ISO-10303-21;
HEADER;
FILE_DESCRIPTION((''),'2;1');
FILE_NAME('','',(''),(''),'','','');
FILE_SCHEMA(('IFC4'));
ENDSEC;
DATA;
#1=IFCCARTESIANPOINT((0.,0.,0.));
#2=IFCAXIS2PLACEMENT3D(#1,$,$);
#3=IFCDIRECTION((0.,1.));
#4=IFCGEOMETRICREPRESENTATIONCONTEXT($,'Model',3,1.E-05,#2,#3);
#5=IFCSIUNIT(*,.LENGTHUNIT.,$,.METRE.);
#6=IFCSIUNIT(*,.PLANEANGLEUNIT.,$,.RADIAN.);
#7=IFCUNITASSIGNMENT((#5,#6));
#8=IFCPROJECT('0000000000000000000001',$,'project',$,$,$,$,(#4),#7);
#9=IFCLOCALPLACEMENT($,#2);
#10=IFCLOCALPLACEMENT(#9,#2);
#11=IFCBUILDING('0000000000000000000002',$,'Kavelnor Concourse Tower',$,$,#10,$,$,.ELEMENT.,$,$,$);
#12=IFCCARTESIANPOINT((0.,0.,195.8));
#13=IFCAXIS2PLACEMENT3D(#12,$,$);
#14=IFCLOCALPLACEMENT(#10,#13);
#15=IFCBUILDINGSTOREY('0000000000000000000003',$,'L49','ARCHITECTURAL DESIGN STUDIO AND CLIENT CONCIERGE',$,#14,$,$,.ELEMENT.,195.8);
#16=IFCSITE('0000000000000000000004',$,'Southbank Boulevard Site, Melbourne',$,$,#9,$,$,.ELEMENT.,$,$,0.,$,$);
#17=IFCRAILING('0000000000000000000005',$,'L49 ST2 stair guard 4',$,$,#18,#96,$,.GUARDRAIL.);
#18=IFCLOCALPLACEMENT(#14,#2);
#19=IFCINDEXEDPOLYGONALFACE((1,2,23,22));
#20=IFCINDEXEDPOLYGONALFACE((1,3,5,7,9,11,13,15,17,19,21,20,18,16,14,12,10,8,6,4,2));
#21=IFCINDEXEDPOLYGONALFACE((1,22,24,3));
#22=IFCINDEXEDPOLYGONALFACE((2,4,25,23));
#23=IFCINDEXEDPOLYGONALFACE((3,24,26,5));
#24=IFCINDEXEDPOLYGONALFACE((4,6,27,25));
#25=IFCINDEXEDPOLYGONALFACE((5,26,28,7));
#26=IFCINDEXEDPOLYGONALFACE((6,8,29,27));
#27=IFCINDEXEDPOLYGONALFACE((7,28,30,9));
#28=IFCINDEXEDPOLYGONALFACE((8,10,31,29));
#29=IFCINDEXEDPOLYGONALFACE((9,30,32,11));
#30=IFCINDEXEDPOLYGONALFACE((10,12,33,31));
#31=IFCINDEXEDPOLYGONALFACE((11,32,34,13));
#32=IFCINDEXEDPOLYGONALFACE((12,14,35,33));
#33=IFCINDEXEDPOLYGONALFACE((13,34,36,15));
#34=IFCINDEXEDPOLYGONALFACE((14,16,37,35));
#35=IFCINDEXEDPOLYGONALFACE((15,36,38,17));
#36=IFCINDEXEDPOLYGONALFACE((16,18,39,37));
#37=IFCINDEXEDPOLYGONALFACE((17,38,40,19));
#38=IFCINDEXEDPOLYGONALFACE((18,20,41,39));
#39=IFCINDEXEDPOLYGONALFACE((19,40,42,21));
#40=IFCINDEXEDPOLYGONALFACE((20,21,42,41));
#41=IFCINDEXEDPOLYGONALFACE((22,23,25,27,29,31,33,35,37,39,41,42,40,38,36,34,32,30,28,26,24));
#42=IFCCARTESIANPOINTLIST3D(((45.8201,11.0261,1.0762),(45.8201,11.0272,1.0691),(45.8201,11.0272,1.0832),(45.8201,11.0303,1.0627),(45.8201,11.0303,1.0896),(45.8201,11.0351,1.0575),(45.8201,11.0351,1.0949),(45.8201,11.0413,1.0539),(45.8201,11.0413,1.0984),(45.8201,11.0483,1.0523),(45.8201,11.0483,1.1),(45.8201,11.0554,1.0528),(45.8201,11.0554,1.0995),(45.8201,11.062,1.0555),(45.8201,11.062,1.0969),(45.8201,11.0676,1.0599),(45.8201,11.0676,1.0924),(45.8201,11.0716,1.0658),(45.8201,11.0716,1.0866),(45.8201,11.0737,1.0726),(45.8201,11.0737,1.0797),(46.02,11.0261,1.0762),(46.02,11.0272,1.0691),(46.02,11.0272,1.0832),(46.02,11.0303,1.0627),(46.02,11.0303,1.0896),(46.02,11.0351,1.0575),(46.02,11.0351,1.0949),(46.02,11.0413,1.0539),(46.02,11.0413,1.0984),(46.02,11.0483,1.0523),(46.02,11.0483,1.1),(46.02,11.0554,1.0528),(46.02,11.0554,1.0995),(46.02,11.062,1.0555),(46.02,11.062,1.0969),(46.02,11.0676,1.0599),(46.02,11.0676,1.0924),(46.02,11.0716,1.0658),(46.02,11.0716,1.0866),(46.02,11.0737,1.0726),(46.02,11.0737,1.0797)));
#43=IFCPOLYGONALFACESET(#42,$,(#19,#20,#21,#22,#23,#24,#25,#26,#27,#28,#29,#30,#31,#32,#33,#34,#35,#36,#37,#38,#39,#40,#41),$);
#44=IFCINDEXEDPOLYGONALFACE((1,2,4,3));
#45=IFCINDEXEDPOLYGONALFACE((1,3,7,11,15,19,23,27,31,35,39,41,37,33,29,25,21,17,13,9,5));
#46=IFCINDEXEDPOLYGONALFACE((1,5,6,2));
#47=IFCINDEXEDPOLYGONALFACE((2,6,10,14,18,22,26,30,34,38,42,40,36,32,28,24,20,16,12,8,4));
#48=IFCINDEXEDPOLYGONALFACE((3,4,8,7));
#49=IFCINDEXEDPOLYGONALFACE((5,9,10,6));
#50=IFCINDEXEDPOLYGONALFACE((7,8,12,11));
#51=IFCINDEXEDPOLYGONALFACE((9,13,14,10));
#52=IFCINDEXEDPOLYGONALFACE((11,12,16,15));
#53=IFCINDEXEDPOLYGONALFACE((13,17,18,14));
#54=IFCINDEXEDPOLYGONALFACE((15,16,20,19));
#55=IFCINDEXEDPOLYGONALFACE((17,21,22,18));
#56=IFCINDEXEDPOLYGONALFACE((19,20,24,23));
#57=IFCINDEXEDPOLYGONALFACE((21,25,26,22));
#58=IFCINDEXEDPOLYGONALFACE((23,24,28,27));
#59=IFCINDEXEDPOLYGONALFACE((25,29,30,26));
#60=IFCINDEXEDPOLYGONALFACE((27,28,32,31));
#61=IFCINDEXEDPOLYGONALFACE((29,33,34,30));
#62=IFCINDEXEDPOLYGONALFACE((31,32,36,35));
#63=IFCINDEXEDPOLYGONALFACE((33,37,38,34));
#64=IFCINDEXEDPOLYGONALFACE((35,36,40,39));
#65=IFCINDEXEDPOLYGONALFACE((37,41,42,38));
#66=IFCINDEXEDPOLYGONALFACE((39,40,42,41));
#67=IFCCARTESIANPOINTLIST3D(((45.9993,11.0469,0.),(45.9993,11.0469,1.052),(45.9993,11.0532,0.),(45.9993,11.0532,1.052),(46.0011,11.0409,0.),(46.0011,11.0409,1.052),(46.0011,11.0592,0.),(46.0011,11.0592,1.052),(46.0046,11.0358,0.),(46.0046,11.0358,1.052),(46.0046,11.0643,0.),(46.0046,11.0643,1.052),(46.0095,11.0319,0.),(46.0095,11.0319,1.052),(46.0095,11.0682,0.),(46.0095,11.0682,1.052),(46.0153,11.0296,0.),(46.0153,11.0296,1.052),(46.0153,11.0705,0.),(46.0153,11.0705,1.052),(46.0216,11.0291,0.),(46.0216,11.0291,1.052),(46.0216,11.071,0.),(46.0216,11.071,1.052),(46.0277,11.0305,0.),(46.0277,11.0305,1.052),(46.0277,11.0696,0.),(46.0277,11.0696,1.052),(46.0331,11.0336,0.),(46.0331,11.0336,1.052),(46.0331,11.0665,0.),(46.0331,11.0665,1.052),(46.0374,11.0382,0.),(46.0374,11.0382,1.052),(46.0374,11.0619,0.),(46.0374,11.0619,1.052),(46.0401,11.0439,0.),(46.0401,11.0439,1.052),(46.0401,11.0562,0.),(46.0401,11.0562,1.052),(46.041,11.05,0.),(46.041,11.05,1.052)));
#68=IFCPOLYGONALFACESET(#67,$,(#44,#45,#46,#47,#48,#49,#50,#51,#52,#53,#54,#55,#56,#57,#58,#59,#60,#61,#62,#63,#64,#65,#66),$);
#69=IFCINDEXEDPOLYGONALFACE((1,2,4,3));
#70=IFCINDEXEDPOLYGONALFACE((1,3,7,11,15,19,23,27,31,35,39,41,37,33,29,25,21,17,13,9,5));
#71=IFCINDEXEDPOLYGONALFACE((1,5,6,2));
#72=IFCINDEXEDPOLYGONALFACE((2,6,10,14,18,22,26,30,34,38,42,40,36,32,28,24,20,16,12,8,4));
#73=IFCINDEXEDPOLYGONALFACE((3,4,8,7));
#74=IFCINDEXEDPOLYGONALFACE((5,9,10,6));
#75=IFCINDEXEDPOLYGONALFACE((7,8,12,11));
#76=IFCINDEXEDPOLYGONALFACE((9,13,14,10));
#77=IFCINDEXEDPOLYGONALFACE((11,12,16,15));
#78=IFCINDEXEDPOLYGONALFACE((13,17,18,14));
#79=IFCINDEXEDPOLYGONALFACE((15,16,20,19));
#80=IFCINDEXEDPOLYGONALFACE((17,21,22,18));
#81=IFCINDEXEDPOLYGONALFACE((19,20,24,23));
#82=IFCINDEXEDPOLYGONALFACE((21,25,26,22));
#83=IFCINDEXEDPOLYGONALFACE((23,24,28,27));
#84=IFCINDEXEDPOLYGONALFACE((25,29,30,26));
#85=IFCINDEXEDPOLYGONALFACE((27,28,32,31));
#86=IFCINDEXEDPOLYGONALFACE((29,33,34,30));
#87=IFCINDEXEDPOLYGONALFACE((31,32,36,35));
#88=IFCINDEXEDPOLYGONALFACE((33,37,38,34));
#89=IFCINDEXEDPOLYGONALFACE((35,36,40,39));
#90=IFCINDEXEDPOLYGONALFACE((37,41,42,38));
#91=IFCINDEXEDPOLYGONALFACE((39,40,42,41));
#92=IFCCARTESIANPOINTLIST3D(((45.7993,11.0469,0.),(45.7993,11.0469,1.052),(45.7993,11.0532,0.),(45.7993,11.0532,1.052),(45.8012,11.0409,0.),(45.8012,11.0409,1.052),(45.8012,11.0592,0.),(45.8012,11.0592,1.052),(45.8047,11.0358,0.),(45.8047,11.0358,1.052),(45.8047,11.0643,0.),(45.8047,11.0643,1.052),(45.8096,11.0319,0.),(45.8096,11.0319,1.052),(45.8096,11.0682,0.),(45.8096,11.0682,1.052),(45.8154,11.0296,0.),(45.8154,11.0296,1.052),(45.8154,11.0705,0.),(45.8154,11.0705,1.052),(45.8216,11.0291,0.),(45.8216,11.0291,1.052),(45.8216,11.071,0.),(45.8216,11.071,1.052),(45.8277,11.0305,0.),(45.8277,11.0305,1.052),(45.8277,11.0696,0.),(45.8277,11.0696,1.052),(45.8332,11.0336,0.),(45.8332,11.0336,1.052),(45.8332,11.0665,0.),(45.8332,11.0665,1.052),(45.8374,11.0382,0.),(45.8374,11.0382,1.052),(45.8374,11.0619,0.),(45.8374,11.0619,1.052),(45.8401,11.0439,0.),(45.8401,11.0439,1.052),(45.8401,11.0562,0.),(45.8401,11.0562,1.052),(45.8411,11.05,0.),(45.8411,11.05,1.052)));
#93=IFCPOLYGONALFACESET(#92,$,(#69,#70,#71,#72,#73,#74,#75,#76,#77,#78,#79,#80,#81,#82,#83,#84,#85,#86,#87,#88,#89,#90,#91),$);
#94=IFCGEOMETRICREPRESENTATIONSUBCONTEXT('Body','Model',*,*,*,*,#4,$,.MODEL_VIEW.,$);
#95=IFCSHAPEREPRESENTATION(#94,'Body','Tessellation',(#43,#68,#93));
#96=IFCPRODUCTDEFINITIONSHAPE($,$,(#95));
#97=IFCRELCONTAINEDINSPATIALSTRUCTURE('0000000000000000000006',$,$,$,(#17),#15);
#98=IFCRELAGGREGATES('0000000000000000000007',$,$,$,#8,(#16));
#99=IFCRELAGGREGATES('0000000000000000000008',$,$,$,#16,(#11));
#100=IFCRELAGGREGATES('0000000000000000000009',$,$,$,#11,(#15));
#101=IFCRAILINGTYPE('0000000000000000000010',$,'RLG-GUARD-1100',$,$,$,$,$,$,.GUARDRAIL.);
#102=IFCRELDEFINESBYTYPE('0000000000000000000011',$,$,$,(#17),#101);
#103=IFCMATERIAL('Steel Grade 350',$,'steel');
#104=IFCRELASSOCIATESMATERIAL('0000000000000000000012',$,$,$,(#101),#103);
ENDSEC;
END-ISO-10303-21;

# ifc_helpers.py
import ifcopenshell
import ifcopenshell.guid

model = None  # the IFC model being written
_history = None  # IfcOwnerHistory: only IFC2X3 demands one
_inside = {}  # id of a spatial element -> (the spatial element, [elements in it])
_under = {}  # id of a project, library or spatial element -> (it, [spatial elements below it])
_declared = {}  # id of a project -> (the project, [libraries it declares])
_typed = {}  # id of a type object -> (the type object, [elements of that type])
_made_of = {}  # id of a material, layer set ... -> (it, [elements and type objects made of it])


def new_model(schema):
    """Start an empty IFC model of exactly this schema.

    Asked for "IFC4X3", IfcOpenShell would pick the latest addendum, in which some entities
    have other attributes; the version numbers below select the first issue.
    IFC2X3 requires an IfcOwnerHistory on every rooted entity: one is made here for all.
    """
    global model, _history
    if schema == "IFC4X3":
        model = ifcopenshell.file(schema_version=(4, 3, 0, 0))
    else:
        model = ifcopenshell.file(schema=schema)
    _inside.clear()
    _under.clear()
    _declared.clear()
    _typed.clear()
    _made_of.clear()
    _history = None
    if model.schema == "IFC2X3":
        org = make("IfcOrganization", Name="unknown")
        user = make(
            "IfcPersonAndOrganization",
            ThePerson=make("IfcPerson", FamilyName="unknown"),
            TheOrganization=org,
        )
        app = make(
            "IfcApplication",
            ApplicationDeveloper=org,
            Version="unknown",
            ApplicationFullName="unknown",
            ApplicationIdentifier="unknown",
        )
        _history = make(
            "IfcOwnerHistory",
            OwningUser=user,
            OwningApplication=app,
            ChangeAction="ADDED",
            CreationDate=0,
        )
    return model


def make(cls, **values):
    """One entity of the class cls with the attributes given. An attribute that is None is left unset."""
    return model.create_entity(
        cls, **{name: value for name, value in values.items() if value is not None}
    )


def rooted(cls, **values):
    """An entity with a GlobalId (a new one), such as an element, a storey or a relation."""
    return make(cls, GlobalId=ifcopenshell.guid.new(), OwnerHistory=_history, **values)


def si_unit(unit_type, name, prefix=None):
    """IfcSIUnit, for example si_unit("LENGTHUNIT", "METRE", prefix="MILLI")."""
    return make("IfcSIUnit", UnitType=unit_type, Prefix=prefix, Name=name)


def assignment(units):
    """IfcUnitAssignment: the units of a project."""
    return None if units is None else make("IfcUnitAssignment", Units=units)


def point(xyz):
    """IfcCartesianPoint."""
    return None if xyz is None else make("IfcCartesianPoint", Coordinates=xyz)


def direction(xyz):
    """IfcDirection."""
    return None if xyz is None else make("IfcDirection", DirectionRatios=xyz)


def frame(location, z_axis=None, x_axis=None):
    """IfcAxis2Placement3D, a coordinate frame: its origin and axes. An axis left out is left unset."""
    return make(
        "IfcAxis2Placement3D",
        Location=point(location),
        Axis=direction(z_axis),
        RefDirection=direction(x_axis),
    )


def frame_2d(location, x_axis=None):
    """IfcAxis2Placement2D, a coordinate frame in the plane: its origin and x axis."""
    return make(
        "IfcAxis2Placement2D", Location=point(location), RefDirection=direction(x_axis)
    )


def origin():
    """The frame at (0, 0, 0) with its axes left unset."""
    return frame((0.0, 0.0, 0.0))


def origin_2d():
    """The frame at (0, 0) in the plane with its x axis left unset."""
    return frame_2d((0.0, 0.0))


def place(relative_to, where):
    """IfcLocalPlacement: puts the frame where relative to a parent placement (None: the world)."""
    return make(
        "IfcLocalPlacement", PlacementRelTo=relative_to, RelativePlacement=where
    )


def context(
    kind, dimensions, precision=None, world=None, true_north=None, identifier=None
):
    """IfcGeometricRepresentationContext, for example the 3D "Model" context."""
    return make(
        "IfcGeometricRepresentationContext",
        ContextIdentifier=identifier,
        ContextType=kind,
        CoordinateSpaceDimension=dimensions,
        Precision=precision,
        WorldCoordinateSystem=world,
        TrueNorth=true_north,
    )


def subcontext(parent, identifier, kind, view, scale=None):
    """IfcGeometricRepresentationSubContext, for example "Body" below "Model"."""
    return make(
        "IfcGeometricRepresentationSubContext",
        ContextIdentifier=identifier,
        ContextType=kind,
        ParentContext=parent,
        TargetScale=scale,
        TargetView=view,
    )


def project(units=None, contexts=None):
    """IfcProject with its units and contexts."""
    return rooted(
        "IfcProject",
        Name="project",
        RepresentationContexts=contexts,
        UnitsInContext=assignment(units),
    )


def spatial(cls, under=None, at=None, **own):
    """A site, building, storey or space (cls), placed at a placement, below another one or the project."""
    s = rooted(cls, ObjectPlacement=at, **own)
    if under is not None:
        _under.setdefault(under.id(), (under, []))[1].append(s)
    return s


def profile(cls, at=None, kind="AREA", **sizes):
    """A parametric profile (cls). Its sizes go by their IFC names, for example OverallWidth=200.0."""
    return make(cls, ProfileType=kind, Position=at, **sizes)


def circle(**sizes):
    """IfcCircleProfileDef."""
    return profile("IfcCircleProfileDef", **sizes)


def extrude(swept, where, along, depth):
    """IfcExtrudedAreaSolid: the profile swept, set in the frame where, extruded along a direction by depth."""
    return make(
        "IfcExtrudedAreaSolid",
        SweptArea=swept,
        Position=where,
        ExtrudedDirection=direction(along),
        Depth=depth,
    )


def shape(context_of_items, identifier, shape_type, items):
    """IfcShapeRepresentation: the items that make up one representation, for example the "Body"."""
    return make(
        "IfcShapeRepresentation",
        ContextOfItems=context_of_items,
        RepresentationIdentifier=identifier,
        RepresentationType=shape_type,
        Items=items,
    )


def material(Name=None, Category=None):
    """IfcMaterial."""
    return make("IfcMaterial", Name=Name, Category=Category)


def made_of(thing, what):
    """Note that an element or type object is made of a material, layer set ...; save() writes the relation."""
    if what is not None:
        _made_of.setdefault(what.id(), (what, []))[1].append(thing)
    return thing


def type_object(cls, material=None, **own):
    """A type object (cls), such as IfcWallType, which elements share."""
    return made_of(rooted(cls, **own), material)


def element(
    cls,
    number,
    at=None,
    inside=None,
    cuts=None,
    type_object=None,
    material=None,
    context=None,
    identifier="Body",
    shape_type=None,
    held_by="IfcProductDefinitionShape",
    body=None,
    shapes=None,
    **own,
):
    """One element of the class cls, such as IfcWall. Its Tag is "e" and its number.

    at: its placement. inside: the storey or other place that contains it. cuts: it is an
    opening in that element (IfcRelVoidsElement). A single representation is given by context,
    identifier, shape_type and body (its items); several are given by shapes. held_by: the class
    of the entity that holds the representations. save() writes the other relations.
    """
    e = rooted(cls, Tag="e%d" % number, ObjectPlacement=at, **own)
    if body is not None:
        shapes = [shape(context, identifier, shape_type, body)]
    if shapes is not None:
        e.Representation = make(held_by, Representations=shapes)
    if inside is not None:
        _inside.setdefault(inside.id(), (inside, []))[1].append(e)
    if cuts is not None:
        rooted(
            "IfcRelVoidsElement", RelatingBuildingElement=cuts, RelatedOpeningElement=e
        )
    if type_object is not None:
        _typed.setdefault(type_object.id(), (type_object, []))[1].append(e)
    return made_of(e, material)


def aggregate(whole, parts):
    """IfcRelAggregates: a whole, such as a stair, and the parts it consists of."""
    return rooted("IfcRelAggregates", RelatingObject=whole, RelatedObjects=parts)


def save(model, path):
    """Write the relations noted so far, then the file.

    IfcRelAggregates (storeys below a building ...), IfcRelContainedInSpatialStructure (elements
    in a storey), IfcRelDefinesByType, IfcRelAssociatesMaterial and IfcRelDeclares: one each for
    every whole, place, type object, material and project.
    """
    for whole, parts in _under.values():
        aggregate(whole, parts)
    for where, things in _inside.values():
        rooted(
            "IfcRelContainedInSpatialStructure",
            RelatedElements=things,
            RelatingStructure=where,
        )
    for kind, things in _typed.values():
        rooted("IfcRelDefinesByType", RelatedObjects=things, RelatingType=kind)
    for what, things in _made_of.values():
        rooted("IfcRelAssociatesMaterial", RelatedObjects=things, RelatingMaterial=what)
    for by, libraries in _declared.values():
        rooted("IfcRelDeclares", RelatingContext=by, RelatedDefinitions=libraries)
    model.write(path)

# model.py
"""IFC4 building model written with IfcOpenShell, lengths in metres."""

from ifc_helpers import new_model, si_unit, direction, frame, origin, origin_2d, place, context, subcontext, project, spatial, circle, extrude, material, type_object, element, save


model = new_model("IFC4")

# Units and contexts
model_context = context("Model", 3, precision=1e-05, world=origin(), true_north=direction((0.0, 1.0)))
body_context = subcontext(model_context, "Body", "Model", "MODEL_VIEW")
ifc_project = project(units=[si_unit("LENGTHUNIT", "METRE"), si_unit("PLANEANGLEUNIT", "RADIAN")], contexts=[model_context])

# Site, building, storey
site_placement = place(None, origin())
site = spatial("IfcSite", under=ifc_project, at=site_placement, Name="Southbank Boulevard Site, Melbourne", CompositionType="ELEMENT", RefElevation=0.0)
building_placement = place(site_placement, origin())
building = spatial("IfcBuilding", under=site, at=building_placement, Name="Kavelnor Concourse Tower", CompositionType="ELEMENT")
storey_placement = place(building_placement, frame((0.0, 0.0, 195.8)))
storey = spatial("IfcBuildingStorey", under=building, at=storey_placement, Name="L49", Description="ARCHITECTURAL DESIGN STUDIO AND CLIENT CONCIERGE", CompositionType="ELEMENT", Elevation=195.8)

# Shared definitions
ifc_material_1 = material(Name="Steel Grade 350", Category="steel")

# Railing
railing_type_1 = type_object("IfcRailingType", Name="RLG-GUARD-1100", PredefinedType="GUARDRAIL", material=ifc_material_1)
railing_1_placement = place(storey_placement, frame((46.02, 11.05, 0.0)))
element("IfcRailing", 1, at=railing_1_placement, inside=storey, type_object=railing_type_1, Name="L49 ST2 stair guard 4", PredefinedType="GUARDRAIL", context=body_context, shape_type="SweptSolid", body=[
    extrude(circle(Radius=0.0239, at=origin_2d()), frame((0.0, 0.0, 1.0762), z_axis=(-1.0, 0.0, 0.0), x_axis=(0.0, -1.0, 0.0)), (0.0, 0.0, 1.0), 0.2),
    extrude(circle(Radius=0.021, at=origin_2d()), origin(), (0.0, 0.0, 1.0), 1.052),
    extrude(circle(Radius=0.021, at=origin_2d()), frame((-0.2, 0.0, 0.0)), (0.0, 0.0, 1.0), 1.052),
])

save(model, "model.ifc")
